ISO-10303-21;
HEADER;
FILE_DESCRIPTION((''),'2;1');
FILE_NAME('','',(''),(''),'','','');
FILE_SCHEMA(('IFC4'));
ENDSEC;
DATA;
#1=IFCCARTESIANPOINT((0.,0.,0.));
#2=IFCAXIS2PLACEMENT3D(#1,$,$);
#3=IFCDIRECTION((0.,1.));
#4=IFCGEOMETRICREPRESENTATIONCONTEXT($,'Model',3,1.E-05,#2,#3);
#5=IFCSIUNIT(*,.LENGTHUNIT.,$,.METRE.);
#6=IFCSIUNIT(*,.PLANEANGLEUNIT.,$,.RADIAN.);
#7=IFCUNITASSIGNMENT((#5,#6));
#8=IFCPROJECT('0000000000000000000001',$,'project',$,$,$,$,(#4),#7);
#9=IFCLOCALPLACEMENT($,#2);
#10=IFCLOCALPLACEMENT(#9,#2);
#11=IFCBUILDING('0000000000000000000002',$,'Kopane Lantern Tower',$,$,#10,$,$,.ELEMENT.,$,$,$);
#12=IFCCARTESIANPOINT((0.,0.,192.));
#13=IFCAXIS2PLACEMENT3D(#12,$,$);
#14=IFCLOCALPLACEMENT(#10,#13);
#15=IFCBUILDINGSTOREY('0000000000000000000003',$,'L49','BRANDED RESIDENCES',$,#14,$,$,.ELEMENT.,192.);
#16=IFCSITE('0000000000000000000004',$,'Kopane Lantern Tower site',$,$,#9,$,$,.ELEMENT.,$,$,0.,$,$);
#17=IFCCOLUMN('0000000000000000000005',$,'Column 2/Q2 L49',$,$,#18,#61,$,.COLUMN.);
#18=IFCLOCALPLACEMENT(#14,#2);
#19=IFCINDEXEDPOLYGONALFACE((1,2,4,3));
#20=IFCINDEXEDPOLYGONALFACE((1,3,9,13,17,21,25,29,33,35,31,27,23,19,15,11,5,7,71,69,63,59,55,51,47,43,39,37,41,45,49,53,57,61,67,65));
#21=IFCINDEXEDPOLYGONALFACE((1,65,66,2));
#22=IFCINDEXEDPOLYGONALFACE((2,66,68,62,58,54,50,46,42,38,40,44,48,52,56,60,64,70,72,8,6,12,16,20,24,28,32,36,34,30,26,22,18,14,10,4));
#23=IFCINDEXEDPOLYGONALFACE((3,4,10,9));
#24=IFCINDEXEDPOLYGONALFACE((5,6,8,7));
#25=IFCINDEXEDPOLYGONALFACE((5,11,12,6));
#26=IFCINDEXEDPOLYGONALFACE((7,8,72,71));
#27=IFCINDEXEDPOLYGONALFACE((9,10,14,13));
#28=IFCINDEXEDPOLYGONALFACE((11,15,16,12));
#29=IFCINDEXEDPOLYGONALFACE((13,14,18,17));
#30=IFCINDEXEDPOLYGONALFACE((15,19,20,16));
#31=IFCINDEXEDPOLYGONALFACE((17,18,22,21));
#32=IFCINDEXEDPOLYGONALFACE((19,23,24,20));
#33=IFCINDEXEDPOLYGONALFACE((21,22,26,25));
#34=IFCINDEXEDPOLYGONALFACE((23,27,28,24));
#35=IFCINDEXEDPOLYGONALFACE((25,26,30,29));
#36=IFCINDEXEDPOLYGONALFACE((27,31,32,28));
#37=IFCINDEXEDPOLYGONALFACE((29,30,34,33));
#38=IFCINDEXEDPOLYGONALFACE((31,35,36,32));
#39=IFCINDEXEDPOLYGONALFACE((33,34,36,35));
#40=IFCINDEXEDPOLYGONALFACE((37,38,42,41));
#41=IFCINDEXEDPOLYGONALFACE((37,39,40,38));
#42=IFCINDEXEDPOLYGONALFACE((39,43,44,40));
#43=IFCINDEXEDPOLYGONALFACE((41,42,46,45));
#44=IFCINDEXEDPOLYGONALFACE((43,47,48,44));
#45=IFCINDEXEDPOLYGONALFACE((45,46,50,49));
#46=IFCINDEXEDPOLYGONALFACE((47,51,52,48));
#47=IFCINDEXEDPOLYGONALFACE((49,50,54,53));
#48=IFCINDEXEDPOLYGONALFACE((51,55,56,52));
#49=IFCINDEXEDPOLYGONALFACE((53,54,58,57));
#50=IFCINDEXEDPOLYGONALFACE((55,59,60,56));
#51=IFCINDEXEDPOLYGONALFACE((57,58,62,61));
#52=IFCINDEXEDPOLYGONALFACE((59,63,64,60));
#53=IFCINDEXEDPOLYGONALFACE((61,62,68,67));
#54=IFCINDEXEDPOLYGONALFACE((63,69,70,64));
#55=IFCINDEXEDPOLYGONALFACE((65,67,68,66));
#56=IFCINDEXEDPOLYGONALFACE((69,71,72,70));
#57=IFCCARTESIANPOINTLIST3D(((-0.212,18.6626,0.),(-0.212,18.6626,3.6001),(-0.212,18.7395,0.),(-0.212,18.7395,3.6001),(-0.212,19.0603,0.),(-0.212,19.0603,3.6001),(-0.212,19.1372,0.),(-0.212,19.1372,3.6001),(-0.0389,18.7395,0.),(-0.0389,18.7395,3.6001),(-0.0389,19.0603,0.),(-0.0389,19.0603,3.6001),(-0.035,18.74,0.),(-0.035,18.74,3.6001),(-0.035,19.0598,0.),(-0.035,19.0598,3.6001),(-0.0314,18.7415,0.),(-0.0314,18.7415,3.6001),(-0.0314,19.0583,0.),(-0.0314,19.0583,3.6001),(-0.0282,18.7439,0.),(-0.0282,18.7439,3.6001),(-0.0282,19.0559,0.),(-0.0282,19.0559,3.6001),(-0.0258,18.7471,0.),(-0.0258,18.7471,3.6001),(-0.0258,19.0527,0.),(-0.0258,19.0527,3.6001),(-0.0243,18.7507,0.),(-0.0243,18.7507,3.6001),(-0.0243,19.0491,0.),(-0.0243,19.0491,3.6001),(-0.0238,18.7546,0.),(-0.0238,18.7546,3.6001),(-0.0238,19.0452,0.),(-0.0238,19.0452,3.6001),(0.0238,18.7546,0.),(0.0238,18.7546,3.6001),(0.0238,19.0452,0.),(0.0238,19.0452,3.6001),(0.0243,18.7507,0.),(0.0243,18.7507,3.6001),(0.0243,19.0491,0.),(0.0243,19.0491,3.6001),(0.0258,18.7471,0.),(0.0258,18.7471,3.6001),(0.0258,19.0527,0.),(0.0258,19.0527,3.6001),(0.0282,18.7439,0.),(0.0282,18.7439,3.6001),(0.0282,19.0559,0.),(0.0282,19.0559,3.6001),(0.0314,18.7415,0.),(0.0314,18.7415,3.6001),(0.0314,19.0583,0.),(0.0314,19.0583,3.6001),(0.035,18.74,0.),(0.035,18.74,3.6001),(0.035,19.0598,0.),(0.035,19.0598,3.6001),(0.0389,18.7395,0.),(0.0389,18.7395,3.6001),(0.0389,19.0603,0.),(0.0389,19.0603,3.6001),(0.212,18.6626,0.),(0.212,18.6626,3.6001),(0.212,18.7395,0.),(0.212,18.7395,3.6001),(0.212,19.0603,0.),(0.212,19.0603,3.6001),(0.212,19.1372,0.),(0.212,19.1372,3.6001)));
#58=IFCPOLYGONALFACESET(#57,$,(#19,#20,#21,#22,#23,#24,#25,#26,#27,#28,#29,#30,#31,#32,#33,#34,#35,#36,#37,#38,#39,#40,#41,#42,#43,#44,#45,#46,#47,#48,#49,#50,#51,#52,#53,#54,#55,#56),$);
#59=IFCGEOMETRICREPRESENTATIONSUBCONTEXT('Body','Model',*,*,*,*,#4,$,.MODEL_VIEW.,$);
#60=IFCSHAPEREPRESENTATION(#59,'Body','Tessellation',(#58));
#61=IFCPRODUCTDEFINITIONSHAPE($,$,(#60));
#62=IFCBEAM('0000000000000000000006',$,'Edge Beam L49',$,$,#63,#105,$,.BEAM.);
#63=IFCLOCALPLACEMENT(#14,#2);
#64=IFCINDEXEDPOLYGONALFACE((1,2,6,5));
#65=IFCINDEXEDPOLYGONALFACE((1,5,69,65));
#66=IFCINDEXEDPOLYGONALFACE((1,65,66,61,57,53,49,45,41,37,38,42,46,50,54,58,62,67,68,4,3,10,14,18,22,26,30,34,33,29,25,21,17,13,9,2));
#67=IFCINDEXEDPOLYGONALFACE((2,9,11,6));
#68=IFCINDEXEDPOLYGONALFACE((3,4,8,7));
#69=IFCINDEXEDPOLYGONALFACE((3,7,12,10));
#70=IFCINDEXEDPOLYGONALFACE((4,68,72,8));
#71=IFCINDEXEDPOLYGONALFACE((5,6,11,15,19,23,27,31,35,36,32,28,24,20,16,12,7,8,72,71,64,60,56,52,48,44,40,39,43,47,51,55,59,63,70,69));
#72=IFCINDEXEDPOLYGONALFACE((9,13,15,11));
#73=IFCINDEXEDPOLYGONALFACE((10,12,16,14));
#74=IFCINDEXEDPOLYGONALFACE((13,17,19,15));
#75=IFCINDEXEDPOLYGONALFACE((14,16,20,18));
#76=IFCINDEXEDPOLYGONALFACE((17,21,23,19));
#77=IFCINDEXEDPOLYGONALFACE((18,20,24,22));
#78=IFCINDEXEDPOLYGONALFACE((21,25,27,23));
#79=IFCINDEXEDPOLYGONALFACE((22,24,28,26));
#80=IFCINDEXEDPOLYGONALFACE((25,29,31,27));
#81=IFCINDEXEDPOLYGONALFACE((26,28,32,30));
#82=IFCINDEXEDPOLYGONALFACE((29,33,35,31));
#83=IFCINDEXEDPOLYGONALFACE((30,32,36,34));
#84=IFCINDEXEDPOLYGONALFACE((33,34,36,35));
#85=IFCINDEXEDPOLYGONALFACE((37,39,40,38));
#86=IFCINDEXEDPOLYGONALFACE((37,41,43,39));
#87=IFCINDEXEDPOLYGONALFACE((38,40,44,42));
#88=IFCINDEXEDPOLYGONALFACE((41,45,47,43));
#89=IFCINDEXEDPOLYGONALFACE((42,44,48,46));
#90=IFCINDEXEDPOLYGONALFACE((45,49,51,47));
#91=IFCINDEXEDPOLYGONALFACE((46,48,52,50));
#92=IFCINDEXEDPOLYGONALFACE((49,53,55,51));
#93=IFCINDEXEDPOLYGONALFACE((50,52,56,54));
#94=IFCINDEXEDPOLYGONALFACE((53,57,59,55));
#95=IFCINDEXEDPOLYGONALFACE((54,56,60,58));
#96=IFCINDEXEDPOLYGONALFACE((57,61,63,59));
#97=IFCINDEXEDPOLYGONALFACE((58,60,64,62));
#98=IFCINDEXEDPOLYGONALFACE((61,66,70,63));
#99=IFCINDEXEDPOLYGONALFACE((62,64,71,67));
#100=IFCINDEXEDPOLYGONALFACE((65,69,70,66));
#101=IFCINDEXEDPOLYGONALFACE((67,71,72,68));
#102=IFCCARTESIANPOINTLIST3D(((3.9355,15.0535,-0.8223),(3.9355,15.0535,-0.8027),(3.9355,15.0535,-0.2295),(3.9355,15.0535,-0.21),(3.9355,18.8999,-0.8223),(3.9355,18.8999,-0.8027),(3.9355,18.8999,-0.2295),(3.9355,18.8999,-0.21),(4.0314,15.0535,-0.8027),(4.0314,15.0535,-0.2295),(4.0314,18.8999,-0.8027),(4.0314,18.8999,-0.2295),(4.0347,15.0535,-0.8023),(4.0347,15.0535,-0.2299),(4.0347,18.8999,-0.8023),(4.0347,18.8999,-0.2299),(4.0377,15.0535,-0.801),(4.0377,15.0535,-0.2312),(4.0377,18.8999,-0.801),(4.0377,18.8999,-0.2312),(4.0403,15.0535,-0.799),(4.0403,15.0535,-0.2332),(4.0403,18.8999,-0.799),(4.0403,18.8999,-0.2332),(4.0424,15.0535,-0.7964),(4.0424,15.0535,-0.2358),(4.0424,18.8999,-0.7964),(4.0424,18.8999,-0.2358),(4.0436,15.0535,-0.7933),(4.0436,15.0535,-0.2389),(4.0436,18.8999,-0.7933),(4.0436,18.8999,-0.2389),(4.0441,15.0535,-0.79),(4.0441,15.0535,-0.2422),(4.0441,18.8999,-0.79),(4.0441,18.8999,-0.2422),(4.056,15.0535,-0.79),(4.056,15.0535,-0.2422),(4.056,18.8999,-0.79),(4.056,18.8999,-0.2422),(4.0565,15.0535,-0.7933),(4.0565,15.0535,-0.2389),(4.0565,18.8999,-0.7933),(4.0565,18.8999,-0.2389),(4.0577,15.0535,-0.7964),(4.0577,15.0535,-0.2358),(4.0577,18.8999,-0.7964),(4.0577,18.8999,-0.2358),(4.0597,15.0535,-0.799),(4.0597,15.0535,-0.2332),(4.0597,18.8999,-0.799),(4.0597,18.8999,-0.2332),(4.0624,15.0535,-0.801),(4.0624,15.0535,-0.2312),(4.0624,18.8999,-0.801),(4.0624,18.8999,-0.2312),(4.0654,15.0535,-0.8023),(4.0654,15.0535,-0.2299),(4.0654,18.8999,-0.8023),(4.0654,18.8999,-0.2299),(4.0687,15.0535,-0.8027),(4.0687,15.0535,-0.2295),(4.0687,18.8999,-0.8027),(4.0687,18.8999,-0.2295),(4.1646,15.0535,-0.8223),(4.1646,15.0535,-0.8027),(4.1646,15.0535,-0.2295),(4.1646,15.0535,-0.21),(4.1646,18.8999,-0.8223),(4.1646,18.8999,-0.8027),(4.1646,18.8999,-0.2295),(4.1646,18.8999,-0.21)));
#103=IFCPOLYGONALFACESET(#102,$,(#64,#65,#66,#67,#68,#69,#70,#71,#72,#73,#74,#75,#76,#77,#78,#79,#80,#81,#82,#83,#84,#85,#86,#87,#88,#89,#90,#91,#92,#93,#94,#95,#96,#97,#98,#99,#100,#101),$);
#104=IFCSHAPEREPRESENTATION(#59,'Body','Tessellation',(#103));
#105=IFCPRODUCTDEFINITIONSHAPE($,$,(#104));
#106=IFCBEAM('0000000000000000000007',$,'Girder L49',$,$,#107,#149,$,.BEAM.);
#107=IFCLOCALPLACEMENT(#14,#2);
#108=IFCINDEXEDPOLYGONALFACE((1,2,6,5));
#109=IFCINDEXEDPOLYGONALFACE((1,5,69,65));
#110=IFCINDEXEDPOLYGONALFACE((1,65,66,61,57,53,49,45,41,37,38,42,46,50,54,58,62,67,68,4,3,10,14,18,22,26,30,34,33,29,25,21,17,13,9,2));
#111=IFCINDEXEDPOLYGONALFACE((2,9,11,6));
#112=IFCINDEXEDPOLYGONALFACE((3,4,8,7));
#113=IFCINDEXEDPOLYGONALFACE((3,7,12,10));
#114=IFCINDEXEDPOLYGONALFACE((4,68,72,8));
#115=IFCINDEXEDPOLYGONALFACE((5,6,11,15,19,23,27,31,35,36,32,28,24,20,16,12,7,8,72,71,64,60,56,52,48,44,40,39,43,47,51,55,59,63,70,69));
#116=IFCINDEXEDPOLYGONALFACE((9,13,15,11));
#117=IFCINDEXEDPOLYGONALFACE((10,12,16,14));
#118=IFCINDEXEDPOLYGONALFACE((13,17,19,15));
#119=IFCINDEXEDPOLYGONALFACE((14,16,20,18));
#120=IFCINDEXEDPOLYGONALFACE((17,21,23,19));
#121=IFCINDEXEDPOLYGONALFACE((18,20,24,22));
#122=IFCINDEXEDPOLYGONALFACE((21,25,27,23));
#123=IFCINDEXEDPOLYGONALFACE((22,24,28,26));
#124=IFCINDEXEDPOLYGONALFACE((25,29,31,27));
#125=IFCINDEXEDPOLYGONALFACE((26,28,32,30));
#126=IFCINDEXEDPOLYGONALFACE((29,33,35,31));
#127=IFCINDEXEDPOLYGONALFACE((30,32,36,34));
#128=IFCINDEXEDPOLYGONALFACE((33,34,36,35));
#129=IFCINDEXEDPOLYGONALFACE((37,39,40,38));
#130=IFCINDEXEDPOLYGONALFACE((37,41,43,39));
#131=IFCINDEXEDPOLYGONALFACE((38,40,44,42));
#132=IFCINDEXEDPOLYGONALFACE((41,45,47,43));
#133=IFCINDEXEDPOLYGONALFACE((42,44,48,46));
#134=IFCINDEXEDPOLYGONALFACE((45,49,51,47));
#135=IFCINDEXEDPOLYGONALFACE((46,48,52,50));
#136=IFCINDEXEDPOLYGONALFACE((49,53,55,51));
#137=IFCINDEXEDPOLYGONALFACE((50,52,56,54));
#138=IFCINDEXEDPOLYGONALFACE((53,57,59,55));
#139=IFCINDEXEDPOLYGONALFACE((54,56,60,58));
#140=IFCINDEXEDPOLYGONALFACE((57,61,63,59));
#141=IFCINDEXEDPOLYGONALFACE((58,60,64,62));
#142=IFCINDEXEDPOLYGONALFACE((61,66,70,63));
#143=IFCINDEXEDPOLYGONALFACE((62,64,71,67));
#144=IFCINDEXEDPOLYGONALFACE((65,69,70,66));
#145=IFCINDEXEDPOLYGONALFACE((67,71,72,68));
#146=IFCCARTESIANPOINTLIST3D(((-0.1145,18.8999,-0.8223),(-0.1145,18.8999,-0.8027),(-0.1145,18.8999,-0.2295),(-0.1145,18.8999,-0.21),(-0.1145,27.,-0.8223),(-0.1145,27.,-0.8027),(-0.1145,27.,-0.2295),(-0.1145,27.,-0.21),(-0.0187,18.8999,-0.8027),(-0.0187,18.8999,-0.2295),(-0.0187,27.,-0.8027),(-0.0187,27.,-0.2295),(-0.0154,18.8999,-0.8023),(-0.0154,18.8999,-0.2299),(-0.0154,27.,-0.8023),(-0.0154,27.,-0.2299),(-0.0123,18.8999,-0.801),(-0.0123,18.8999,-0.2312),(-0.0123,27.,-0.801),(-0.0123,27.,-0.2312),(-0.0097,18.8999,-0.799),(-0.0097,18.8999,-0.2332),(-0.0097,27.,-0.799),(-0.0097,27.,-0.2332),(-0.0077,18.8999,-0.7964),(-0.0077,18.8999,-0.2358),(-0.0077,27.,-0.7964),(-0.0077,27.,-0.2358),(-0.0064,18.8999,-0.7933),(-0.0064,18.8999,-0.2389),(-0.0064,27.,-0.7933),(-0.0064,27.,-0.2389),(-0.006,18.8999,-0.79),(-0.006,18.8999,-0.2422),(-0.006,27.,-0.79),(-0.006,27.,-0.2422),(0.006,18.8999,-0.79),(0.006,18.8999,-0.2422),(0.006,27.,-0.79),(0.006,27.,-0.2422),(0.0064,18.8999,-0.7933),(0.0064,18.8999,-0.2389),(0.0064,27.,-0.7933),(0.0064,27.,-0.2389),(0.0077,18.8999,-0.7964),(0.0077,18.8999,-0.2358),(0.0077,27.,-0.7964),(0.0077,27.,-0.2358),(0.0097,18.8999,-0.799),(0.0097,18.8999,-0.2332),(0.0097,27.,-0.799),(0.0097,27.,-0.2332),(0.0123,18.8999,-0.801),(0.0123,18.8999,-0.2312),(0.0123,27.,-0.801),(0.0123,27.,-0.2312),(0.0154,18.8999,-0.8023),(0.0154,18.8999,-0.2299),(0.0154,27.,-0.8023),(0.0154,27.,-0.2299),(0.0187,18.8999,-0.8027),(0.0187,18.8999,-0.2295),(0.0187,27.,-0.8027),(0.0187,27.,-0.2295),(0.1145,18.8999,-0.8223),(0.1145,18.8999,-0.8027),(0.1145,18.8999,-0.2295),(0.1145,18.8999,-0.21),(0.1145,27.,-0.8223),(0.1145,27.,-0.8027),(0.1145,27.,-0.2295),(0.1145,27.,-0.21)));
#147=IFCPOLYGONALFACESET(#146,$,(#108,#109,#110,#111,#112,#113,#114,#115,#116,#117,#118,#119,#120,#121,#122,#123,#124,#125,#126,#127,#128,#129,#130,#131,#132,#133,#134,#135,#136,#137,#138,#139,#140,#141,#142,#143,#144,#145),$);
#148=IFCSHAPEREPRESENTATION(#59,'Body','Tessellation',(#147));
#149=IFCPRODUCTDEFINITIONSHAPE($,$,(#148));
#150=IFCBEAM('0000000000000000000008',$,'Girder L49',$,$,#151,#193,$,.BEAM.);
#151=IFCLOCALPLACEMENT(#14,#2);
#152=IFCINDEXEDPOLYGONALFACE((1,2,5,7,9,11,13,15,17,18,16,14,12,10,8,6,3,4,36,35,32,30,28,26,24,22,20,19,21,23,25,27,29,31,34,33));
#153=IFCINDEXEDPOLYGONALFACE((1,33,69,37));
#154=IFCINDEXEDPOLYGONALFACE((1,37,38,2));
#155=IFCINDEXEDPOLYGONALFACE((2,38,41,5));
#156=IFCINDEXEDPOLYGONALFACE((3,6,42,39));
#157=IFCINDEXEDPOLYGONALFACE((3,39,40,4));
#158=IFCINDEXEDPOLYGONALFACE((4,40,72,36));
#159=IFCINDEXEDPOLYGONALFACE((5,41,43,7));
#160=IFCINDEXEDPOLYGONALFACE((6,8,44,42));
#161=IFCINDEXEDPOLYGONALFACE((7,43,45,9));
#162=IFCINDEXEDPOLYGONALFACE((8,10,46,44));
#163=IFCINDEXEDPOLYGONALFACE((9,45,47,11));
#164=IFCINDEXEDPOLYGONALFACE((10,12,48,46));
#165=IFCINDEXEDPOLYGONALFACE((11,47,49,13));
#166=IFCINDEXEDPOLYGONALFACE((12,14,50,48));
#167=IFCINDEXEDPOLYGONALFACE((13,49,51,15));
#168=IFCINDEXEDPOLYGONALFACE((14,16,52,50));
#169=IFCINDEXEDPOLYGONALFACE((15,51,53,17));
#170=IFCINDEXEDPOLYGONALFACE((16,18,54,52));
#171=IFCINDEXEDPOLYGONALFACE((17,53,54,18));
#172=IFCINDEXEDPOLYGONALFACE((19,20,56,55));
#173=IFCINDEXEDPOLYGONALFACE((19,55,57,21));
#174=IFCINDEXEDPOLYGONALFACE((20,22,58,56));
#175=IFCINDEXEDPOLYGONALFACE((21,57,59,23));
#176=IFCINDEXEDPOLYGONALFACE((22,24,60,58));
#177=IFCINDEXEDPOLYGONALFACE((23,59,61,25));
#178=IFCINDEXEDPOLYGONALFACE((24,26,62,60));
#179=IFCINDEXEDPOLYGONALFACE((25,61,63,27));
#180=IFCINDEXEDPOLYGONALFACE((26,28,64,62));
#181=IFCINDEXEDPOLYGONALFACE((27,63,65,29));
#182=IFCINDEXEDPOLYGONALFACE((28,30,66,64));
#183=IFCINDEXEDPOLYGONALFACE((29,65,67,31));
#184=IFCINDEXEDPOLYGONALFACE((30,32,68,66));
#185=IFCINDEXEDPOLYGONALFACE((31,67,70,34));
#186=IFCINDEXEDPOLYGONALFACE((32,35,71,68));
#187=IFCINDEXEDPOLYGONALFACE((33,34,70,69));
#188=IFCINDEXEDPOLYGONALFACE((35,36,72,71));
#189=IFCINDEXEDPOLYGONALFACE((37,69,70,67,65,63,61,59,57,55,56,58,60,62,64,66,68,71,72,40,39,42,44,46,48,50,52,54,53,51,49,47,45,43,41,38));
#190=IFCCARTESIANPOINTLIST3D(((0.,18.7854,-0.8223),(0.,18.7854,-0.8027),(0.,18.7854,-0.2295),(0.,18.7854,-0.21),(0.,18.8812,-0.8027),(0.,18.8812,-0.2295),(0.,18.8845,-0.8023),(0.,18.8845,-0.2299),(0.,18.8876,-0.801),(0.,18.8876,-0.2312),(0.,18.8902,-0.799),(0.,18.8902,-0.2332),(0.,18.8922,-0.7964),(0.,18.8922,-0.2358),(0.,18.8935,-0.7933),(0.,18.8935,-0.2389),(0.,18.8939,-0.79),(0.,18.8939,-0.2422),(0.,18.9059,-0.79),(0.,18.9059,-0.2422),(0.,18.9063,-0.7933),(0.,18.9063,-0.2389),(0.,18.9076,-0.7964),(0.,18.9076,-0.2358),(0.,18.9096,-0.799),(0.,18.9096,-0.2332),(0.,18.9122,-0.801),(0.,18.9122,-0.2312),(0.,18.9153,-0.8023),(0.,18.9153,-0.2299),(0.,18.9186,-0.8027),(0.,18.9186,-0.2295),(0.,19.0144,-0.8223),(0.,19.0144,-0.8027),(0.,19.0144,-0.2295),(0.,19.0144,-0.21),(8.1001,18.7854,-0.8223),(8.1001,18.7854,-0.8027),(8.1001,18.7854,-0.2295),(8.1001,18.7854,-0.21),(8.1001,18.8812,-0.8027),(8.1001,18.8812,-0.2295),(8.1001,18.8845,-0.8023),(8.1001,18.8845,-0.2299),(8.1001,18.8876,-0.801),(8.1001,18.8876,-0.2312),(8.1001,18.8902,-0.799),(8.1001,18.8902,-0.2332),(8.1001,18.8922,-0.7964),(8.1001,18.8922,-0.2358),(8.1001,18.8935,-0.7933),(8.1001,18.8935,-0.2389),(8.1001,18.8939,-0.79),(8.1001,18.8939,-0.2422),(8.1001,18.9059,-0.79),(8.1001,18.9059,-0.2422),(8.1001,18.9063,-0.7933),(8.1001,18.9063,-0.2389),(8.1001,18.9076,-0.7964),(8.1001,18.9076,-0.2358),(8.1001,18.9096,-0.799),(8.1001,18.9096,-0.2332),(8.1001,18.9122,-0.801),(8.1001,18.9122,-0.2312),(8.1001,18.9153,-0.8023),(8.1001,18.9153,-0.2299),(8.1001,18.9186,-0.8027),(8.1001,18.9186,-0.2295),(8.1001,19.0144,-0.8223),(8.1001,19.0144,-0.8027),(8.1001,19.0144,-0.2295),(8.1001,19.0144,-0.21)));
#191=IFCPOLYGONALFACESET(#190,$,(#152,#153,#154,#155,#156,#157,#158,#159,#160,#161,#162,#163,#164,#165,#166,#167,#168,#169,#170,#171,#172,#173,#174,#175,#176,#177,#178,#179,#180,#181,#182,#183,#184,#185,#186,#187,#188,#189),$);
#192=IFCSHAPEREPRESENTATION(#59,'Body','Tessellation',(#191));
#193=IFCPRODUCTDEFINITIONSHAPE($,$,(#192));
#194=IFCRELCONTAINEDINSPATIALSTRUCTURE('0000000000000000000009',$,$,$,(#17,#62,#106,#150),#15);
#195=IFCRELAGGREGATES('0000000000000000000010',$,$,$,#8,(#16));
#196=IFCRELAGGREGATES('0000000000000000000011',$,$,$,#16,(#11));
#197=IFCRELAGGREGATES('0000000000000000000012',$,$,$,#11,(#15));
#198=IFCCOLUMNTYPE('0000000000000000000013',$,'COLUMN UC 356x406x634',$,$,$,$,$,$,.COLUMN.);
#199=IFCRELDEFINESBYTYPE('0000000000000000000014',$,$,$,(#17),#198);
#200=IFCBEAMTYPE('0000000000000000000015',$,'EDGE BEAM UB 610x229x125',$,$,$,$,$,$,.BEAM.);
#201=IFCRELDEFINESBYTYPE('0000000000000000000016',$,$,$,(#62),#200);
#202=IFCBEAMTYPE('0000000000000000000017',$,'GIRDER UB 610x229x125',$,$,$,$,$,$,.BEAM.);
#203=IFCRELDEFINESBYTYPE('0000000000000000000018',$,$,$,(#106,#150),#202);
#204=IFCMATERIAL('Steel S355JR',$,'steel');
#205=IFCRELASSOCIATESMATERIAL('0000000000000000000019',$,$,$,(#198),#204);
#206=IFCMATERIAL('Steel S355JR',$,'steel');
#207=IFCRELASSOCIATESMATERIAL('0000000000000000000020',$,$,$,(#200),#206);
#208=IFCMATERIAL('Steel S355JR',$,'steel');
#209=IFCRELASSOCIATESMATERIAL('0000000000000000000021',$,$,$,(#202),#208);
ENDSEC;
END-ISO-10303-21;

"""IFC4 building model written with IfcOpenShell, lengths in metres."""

from ifc_helpers import new_model, si_unit, direction, frame, origin, origin_2d, place, context, subcontext, project, spatial, i_section, extrude, material, material_profile, profile_set, type_object, element, save


model = new_model("IFC4")

# Units and contexts
model_context = context("Model", 3, precision=1e-05, world=origin(), true_north=direction((0.0, 1.0)))
body_context = subcontext(model_context, "Body", "Model", "MODEL_VIEW")
ifc_project = project(units=[si_unit("LENGTHUNIT", "METRE"), si_unit("PLANEANGLEUNIT", "RADIAN")], contexts=[model_context])

# Site, building, storey
site_placement = place(None, origin())
site = spatial("IfcSite", under=ifc_project, at=site_placement, Name="Kopane Lantern Tower site", CompositionType="ELEMENT", RefElevation=0.0)
building_placement = place(site_placement, origin())
building = spatial("IfcBuilding", under=site, at=building_placement, Name="Kopane Lantern Tower", CompositionType="ELEMENT")
storey_placement = place(building_placement, frame((0.0, 0.0, 192.0)))
storey = spatial("IfcBuildingStorey", under=building, at=storey_placement, Name="L49", Description="BRANDED RESIDENCES", CompositionType="ELEMENT", Elevation=192.0)

# Column
ifc_material_1 = material(Name="Steel S355JR", Category="steel")
ifc_material_profile_1 = material_profile(ifc_material_1, i_section(OverallWidth=0.4241, OverallDepth=0.4746, WebThickness=0.0476, FlangeThickness=0.0769, FilletRadius=0.0151, at=origin_2d()), Name="UC 356x406x634")
ifc_profile_set_1 = profile_set([ifc_material_profile_1], Name="Steel S355JR")
column_type = type_object("IfcColumnType", Name="COLUMN UC 356x406x634", PredefinedType="COLUMN", material=ifc_profile_set_1)
column_placement = place(storey_placement, frame((0.0, 18.8999, 0.0), z_axis=(0.0, 0.0, 1.0), x_axis=(1.0, 0.0, 0.0)))
element("IfcColumn", 1, at=column_placement, inside=storey, type_object=column_type, Name="Column 2/Q2 L49", PredefinedType="COLUMN", context=body_context, shape_type="SweptSolid", body=[
    extrude(i_section(OverallWidth=0.4241, OverallDepth=0.4746, WebThickness=0.0476, FlangeThickness=0.0769, FilletRadius=0.0151, at=origin_2d()), origin(), (0.0, 0.0, 1.0), 3.6001),
])

# Beams
ifc_material_2 = material(Name="Steel S355JR", Category="steel")
ifc_material_profile_2 = material_profile(ifc_material_2, i_section(OverallWidth=0.229, OverallDepth=0.6123, WebThickness=0.012, FlangeThickness=0.0195, FilletRadius=0.0127, at=origin_2d()), Name="UB 610x229x125")
ifc_profile_set_2 = profile_set([ifc_material_profile_2], Name="Steel S355JR")
beam_type_1 = type_object("IfcBeamType", Name="EDGE BEAM UB 610x229x125", PredefinedType="BEAM", material=ifc_profile_set_2)
beam_placement = place(storey_placement, frame((4.05, 15.0535, -0.5161), z_axis=(0.0, 1.0, 0.0), x_axis=(-1.0, 0.0, 0.0)))
element("IfcBeam", 2, at=beam_placement, inside=storey, type_object=beam_type_1, Name="Edge Beam L49", PredefinedType="BEAM", context=body_context, shape_type="SweptSolid", body=[
    extrude(i_section(OverallWidth=0.229, OverallDepth=0.6123, WebThickness=0.012, FlangeThickness=0.0195, FilletRadius=0.0127, at=origin_2d()), origin(), (0.0, 0.0, 1.0), 3.8464),
])
ifc_material_3 = material(Name="Steel S355JR", Category="steel")
ifc_material_profile_3 = material_profile(ifc_material_3, i_section(OverallWidth=0.229, OverallDepth=0.6123, WebThickness=0.012, FlangeThickness=0.0195, FilletRadius=0.0127, at=origin_2d()), Name="UB 610x229x125")
ifc_profile_set_3 = profile_set([ifc_material_profile_3], Name="Steel S355JR")
beam_type_2 = type_object("IfcBeamType", Name="GIRDER UB 610x229x125", PredefinedType="BEAM", material=ifc_profile_set_3)
for number, where, z_axis, x_axis, name in (
    (3, (0.0, 18.8999, -0.5161), (0.0, 1.0, 0.0), (-1.0, 0.0, 0.0), "Girder L49"),
    (4, (0.0, 18.8999, -0.5161), (1.0, 0.0, 0.0), (0.0, 1.0, 0.0), "Girder L49"),
):
    element("IfcBeam", number, at=place(storey_placement, frame(where, z_axis=z_axis, x_axis=x_axis)), inside=storey, type_object=beam_type_2, Name=name, PredefinedType="BEAM", context=body_context, shape_type="SweptSolid", body=[
        extrude(i_section(OverallWidth=0.229, OverallDepth=0.6123, WebThickness=0.012, FlangeThickness=0.0195, FilletRadius=0.0127, at=origin_2d()), origin(), (0.0, 0.0, 1.0), 8.1001),
    ])

save(model, "model.ifc")
